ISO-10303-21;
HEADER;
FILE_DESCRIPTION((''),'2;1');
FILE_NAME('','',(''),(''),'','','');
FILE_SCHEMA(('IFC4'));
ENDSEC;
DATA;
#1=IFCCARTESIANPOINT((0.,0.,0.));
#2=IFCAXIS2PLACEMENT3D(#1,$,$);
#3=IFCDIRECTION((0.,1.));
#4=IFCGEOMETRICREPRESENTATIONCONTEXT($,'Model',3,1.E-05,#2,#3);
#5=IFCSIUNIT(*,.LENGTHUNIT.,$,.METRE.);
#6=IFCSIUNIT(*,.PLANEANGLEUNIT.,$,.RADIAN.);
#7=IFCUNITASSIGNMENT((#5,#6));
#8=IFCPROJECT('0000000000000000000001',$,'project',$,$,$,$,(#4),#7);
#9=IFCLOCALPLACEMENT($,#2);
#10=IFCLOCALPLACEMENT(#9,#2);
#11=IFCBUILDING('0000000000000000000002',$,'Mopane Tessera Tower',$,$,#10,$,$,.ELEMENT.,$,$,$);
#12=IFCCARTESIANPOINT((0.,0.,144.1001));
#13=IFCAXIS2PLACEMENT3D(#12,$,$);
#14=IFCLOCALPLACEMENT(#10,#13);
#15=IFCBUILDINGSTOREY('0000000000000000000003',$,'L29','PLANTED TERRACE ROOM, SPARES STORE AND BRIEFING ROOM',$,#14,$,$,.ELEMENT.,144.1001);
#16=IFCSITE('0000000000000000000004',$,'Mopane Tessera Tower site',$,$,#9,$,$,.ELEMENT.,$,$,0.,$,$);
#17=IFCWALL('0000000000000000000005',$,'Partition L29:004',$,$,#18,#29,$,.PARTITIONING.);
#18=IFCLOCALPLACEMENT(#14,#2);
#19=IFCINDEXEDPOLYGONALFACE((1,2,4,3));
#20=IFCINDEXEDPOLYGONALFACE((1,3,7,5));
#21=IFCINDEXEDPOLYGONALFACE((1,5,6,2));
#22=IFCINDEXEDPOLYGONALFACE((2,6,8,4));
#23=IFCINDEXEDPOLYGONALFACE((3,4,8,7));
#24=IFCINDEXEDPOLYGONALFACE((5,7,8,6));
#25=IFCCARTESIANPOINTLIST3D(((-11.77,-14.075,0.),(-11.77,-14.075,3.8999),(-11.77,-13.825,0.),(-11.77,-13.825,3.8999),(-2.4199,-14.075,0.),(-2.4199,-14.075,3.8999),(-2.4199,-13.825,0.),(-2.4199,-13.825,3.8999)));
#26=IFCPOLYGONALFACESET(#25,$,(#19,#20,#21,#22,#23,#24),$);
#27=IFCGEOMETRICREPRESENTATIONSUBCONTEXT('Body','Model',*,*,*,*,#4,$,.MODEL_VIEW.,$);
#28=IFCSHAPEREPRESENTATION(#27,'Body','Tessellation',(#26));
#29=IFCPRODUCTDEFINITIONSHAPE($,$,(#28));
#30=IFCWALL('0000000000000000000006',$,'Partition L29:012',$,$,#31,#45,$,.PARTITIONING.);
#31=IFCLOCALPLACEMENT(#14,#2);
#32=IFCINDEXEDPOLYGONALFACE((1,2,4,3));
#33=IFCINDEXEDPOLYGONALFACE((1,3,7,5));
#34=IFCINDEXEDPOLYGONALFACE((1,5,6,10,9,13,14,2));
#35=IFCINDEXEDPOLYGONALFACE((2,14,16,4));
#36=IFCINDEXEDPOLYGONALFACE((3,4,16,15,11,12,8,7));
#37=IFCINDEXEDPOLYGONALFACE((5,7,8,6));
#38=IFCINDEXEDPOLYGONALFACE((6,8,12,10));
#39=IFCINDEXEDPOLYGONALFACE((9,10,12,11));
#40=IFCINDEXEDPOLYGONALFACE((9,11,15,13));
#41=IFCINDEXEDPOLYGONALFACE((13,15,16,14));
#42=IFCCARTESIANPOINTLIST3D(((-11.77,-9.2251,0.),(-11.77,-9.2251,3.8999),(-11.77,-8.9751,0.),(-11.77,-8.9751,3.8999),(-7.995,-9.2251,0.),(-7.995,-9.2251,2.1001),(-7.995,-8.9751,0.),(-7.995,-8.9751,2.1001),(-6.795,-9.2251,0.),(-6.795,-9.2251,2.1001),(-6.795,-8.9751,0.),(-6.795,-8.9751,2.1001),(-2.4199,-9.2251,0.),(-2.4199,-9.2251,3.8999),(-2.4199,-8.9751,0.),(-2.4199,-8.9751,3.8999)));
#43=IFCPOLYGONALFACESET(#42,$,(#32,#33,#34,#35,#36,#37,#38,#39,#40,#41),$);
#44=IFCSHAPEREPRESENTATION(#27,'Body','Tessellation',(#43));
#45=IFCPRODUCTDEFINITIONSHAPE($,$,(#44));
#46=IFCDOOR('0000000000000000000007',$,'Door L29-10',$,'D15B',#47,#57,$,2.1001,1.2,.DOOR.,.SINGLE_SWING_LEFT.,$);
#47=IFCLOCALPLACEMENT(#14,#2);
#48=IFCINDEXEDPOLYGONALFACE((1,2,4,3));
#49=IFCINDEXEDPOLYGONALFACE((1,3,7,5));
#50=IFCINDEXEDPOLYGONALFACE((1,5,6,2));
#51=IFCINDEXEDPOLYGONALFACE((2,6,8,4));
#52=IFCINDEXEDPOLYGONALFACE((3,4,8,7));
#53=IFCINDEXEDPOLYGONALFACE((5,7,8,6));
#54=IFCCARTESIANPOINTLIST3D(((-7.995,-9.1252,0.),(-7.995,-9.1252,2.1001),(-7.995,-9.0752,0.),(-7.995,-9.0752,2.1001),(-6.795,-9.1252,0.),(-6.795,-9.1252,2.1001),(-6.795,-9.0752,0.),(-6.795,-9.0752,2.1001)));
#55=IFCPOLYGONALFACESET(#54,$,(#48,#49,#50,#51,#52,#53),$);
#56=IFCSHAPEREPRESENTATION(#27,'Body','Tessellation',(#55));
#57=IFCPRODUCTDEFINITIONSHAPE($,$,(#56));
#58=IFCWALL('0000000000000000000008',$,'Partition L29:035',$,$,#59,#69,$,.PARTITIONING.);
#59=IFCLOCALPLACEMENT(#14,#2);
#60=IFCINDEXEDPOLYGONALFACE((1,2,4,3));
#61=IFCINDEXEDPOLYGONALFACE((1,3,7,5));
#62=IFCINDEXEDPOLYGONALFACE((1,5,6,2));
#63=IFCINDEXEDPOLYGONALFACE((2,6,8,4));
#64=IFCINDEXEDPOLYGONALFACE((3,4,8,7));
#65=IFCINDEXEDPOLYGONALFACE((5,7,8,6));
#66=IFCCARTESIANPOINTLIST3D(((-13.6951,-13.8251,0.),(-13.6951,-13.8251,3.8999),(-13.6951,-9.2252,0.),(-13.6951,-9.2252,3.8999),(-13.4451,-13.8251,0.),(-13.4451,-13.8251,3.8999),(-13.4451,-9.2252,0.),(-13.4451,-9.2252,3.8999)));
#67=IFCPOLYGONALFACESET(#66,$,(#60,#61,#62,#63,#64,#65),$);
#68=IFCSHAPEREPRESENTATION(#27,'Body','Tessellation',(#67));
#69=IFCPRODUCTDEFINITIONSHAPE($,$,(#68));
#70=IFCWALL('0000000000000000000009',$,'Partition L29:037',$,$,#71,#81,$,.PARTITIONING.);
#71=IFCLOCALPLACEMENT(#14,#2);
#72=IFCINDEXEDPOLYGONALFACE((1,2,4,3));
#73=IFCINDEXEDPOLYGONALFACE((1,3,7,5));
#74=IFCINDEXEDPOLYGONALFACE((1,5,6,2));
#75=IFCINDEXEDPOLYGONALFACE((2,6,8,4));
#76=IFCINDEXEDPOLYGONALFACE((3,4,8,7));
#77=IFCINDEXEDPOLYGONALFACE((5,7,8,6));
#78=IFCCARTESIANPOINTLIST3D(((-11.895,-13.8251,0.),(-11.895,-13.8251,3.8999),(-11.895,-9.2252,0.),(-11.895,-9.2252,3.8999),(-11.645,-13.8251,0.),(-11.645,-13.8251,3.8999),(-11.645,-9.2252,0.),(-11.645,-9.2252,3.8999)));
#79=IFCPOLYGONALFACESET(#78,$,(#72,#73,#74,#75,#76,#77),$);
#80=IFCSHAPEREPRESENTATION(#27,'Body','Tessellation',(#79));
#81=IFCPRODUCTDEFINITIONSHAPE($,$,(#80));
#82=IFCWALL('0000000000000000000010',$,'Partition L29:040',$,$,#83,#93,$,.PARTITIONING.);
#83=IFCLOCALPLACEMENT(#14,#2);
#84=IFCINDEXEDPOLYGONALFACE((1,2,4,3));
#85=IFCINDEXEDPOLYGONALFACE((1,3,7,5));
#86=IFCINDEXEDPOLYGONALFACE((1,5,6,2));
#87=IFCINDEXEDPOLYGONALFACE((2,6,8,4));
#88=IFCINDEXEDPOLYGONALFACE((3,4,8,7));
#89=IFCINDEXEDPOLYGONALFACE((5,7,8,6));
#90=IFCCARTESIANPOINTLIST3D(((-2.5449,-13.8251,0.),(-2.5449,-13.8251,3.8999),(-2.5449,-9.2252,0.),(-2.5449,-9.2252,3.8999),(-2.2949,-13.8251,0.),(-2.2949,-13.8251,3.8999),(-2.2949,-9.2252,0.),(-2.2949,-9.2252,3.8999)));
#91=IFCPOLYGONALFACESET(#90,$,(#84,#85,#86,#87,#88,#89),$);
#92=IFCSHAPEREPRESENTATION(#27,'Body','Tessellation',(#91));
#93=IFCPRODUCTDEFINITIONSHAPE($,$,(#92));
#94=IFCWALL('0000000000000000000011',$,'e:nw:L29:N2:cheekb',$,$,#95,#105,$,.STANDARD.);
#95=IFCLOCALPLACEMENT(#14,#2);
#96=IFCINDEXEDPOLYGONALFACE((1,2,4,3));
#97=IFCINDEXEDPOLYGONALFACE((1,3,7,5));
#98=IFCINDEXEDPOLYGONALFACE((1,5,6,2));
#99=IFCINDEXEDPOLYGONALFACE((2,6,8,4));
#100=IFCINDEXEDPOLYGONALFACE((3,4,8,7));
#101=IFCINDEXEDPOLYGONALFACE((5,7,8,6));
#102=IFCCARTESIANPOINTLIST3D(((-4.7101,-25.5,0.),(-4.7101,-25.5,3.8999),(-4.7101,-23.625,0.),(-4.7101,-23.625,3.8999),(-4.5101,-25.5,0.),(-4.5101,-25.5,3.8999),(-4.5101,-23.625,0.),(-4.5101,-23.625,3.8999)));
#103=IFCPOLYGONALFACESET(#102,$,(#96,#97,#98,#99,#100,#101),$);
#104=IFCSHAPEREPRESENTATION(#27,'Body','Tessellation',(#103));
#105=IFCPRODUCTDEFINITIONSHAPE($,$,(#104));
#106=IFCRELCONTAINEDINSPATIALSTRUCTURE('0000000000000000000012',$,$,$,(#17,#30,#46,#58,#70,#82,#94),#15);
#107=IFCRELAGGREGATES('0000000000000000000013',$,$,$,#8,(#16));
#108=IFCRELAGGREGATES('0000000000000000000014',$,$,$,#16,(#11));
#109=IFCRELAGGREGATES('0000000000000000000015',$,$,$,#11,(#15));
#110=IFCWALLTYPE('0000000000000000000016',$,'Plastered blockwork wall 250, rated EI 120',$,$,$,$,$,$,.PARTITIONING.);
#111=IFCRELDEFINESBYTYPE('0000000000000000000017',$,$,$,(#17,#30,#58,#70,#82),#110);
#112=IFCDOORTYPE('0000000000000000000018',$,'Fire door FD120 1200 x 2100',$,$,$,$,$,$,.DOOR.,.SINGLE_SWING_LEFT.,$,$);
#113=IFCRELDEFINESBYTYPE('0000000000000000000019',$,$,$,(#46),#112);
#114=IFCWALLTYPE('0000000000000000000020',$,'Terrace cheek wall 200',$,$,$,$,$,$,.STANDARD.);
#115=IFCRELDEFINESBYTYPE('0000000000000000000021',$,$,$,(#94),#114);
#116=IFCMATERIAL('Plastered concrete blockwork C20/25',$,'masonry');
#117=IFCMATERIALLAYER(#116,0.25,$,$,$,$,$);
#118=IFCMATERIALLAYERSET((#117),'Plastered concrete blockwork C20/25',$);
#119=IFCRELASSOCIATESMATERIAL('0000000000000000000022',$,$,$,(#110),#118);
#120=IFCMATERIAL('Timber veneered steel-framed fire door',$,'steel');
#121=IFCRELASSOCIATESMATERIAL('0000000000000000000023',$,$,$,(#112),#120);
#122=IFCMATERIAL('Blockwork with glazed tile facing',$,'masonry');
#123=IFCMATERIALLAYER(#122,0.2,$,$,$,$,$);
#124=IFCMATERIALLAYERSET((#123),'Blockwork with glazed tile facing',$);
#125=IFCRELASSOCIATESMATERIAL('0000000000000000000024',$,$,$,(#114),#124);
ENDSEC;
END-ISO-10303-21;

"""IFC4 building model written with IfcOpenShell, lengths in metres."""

from ifc_helpers import new_model, si_unit, direction, frame, frame_2d, origin, place, context, subcontext, project, spatial, rectangle, extrude, material, layer, layer_set, type_object, element, fill, save


model = new_model("IFC4")

# Units and contexts
model_context = context("Model", 3, precision=1e-05, world=origin(), true_north=direction((0.0, 1.0)))
body_context = subcontext(model_context, "Body", "Model", "MODEL_VIEW")
ifc_project = project(units=[si_unit("LENGTHUNIT", "METRE"), si_unit("PLANEANGLEUNIT", "RADIAN")], contexts=[model_context])

# Site, building, storey
site_placement = place(None, origin())
site = spatial("IfcSite", under=ifc_project, at=site_placement, Name="Mopane Tessera Tower site", CompositionType="ELEMENT", RefElevation=0.0)
building_placement = place(site_placement, origin())
building = spatial("IfcBuilding", under=site, at=building_placement, Name="Mopane Tessera Tower", CompositionType="ELEMENT")
storey_placement = place(building_placement, frame((0.0, 0.0, 144.1001)))
storey = spatial("IfcBuildingStorey", under=building, at=storey_placement, Name="L29", Description="PLANTED TERRACE ROOM, SPARES STORE AND BRIEFING ROOM", CompositionType="ELEMENT", Elevation=144.1001)

# Wall
ifc_material_1 = material(Name="Plastered concrete blockwork C20/25", Category="masonry")
ifc_layer_1 = layer(ifc_material_1, 0.25)
ifc_layer_set_1 = layer_set([ifc_layer_1], Name="Plastered concrete blockwork C20/25")
wall_type_1 = type_object("IfcWallType", Name="Plastered blockwork wall 250, rated EI 120", PredefinedType="PARTITIONING", material=ifc_layer_set_1)
wall_1_placement = place(storey_placement, frame((-11.77, -13.95, 0.0), z_axis=(0.0, 0.0, 1.0), x_axis=(1.0, 0.0, 0.0)))
element("IfcWall", 1, at=wall_1_placement, inside=storey, type_object=wall_type_1, Name="Partition L29:004", PredefinedType="PARTITIONING", context=body_context, shape_type="SweptSolid", body=[
    extrude(rectangle(XDim=9.3501, YDim=0.25, at=frame_2d((4.675, 0.0))), origin(), (0.0, 0.0, 1.0), 3.8999),
])

# Wall, opening, door
wall_2_placement = place(storey_placement, frame((-11.77, -9.1001, 0.0), z_axis=(0.0, 0.0, 1.0), x_axis=(1.0, 0.0, 0.0)))
wall_2 = element("IfcWall", 2, at=wall_2_placement, inside=storey, type_object=wall_type_1, Name="Partition L29:012", PredefinedType="PARTITIONING", context=body_context, shape_type="SweptSolid", body=[
    extrude(rectangle(XDim=9.3501, YDim=0.25, at=frame_2d((4.675, 0.0))), origin(), (0.0, 0.0, 1.0), 3.8999),
])
opening_1_placement = place(wall_2_placement, frame((3.7749, 0.0, 0.0)))
opening_1 = element("IfcOpeningElement", 3, at=opening_1_placement, cuts=wall_2, PredefinedType="OPENING", context=body_context, shape_type="SweptSolid", body=[
    extrude(rectangle(XDim=1.2, YDim=2.1001, at=frame_2d((0.6001, 1.05))), frame((0.0, 0.137, 0.0), z_axis=(0.0, -1.0, 0.0), x_axis=(1.0, 0.0, 0.0)), (0.0, 0.0, 1.0), 0.2739),
])
ifc_material_2 = material(Name="Timber veneered steel-framed fire door", Category="steel")
door_type_1 = type_object("IfcDoorType", Name="Fire door FD120 1200 x 2100", OperationType="SINGLE_SWING_LEFT", PredefinedType="DOOR", material=ifc_material_2)
door_1_placement = place(opening_1_placement, origin())
door_1 = element("IfcDoor", 4, at=door_1_placement, inside=storey, type_object=door_type_1, Name="Door L29-10", ObjectType="D15B", OperationType="SINGLE_SWING_LEFT", OverallHeight=2.1001, OverallWidth=1.2, PredefinedType="DOOR", context=body_context, shape_type="SweptSolid", body=[
    extrude(rectangle(XDim=1.2, YDim=2.1001, at=frame_2d((0.6001, 1.05))), frame((0.0, 0.0249, 0.0), z_axis=(0.0, -1.0, 0.0), x_axis=(1.0, 0.0, 0.0)), (0.0, 0.0, 1.0), 0.05),
])
fill(opening_1, door_1)

# Walls
for number, where, z_axis, x_axis, name in (
    (5, (-13.5701, -13.825, 0.0), (0.0, 0.0, 1.0), (0.0, 1.0, 0.0), "Partition L29:035"),
    (6, (-11.77, -13.825, 0.0), (0.0, 0.0, 1.0), (0.0, 1.0, 0.0), "Partition L29:037"),
    (7, (-2.4199, -13.825, 0.0), (0.0, 0.0, 1.0), (0.0, 1.0, 0.0), "Partition L29:040"),
):
    element("IfcWall", number, at=place(storey_placement, frame(where, z_axis=z_axis, x_axis=x_axis)), inside=storey, type_object=wall_type_1, Name=name, PredefinedType="PARTITIONING", context=body_context, shape_type="SweptSolid", body=[
        extrude(rectangle(XDim=4.5999, YDim=0.25, at=frame_2d((2.2998, 0.0))), origin(), (0.0, 0.0, 1.0), 3.8999),
    ])
ifc_material_3 = material(Name="Blockwork with glazed tile facing", Category="masonry")
ifc_layer_2 = layer(ifc_material_3, 0.2)
ifc_layer_set_2 = layer_set([ifc_layer_2], Name="Blockwork with glazed tile facing")
wall_type_2 = type_object("IfcWallType", Name="Terrace cheek wall 200", PredefinedType="STANDARD", material=ifc_layer_set_2)
wall_3_placement = place(storey_placement, frame((-4.6101, -25.5, 0.0), z_axis=(0.0, 0.0, 1.0), x_axis=(0.0, 1.0, 0.0)))
element("IfcWall", 8, at=wall_3_placement, inside=storey, type_object=wall_type_2, Name="e:nw:L29:N2:cheekb", PredefinedType="STANDARD", context=body_context, shape_type="SweptSolid", body=[
    extrude(rectangle(XDim=1.875, YDim=0.2, at=frame_2d((0.9375, 0.0))), origin(), (0.0, 0.0, 1.0), 3.8999),
])

save(model, "model.ifc")
